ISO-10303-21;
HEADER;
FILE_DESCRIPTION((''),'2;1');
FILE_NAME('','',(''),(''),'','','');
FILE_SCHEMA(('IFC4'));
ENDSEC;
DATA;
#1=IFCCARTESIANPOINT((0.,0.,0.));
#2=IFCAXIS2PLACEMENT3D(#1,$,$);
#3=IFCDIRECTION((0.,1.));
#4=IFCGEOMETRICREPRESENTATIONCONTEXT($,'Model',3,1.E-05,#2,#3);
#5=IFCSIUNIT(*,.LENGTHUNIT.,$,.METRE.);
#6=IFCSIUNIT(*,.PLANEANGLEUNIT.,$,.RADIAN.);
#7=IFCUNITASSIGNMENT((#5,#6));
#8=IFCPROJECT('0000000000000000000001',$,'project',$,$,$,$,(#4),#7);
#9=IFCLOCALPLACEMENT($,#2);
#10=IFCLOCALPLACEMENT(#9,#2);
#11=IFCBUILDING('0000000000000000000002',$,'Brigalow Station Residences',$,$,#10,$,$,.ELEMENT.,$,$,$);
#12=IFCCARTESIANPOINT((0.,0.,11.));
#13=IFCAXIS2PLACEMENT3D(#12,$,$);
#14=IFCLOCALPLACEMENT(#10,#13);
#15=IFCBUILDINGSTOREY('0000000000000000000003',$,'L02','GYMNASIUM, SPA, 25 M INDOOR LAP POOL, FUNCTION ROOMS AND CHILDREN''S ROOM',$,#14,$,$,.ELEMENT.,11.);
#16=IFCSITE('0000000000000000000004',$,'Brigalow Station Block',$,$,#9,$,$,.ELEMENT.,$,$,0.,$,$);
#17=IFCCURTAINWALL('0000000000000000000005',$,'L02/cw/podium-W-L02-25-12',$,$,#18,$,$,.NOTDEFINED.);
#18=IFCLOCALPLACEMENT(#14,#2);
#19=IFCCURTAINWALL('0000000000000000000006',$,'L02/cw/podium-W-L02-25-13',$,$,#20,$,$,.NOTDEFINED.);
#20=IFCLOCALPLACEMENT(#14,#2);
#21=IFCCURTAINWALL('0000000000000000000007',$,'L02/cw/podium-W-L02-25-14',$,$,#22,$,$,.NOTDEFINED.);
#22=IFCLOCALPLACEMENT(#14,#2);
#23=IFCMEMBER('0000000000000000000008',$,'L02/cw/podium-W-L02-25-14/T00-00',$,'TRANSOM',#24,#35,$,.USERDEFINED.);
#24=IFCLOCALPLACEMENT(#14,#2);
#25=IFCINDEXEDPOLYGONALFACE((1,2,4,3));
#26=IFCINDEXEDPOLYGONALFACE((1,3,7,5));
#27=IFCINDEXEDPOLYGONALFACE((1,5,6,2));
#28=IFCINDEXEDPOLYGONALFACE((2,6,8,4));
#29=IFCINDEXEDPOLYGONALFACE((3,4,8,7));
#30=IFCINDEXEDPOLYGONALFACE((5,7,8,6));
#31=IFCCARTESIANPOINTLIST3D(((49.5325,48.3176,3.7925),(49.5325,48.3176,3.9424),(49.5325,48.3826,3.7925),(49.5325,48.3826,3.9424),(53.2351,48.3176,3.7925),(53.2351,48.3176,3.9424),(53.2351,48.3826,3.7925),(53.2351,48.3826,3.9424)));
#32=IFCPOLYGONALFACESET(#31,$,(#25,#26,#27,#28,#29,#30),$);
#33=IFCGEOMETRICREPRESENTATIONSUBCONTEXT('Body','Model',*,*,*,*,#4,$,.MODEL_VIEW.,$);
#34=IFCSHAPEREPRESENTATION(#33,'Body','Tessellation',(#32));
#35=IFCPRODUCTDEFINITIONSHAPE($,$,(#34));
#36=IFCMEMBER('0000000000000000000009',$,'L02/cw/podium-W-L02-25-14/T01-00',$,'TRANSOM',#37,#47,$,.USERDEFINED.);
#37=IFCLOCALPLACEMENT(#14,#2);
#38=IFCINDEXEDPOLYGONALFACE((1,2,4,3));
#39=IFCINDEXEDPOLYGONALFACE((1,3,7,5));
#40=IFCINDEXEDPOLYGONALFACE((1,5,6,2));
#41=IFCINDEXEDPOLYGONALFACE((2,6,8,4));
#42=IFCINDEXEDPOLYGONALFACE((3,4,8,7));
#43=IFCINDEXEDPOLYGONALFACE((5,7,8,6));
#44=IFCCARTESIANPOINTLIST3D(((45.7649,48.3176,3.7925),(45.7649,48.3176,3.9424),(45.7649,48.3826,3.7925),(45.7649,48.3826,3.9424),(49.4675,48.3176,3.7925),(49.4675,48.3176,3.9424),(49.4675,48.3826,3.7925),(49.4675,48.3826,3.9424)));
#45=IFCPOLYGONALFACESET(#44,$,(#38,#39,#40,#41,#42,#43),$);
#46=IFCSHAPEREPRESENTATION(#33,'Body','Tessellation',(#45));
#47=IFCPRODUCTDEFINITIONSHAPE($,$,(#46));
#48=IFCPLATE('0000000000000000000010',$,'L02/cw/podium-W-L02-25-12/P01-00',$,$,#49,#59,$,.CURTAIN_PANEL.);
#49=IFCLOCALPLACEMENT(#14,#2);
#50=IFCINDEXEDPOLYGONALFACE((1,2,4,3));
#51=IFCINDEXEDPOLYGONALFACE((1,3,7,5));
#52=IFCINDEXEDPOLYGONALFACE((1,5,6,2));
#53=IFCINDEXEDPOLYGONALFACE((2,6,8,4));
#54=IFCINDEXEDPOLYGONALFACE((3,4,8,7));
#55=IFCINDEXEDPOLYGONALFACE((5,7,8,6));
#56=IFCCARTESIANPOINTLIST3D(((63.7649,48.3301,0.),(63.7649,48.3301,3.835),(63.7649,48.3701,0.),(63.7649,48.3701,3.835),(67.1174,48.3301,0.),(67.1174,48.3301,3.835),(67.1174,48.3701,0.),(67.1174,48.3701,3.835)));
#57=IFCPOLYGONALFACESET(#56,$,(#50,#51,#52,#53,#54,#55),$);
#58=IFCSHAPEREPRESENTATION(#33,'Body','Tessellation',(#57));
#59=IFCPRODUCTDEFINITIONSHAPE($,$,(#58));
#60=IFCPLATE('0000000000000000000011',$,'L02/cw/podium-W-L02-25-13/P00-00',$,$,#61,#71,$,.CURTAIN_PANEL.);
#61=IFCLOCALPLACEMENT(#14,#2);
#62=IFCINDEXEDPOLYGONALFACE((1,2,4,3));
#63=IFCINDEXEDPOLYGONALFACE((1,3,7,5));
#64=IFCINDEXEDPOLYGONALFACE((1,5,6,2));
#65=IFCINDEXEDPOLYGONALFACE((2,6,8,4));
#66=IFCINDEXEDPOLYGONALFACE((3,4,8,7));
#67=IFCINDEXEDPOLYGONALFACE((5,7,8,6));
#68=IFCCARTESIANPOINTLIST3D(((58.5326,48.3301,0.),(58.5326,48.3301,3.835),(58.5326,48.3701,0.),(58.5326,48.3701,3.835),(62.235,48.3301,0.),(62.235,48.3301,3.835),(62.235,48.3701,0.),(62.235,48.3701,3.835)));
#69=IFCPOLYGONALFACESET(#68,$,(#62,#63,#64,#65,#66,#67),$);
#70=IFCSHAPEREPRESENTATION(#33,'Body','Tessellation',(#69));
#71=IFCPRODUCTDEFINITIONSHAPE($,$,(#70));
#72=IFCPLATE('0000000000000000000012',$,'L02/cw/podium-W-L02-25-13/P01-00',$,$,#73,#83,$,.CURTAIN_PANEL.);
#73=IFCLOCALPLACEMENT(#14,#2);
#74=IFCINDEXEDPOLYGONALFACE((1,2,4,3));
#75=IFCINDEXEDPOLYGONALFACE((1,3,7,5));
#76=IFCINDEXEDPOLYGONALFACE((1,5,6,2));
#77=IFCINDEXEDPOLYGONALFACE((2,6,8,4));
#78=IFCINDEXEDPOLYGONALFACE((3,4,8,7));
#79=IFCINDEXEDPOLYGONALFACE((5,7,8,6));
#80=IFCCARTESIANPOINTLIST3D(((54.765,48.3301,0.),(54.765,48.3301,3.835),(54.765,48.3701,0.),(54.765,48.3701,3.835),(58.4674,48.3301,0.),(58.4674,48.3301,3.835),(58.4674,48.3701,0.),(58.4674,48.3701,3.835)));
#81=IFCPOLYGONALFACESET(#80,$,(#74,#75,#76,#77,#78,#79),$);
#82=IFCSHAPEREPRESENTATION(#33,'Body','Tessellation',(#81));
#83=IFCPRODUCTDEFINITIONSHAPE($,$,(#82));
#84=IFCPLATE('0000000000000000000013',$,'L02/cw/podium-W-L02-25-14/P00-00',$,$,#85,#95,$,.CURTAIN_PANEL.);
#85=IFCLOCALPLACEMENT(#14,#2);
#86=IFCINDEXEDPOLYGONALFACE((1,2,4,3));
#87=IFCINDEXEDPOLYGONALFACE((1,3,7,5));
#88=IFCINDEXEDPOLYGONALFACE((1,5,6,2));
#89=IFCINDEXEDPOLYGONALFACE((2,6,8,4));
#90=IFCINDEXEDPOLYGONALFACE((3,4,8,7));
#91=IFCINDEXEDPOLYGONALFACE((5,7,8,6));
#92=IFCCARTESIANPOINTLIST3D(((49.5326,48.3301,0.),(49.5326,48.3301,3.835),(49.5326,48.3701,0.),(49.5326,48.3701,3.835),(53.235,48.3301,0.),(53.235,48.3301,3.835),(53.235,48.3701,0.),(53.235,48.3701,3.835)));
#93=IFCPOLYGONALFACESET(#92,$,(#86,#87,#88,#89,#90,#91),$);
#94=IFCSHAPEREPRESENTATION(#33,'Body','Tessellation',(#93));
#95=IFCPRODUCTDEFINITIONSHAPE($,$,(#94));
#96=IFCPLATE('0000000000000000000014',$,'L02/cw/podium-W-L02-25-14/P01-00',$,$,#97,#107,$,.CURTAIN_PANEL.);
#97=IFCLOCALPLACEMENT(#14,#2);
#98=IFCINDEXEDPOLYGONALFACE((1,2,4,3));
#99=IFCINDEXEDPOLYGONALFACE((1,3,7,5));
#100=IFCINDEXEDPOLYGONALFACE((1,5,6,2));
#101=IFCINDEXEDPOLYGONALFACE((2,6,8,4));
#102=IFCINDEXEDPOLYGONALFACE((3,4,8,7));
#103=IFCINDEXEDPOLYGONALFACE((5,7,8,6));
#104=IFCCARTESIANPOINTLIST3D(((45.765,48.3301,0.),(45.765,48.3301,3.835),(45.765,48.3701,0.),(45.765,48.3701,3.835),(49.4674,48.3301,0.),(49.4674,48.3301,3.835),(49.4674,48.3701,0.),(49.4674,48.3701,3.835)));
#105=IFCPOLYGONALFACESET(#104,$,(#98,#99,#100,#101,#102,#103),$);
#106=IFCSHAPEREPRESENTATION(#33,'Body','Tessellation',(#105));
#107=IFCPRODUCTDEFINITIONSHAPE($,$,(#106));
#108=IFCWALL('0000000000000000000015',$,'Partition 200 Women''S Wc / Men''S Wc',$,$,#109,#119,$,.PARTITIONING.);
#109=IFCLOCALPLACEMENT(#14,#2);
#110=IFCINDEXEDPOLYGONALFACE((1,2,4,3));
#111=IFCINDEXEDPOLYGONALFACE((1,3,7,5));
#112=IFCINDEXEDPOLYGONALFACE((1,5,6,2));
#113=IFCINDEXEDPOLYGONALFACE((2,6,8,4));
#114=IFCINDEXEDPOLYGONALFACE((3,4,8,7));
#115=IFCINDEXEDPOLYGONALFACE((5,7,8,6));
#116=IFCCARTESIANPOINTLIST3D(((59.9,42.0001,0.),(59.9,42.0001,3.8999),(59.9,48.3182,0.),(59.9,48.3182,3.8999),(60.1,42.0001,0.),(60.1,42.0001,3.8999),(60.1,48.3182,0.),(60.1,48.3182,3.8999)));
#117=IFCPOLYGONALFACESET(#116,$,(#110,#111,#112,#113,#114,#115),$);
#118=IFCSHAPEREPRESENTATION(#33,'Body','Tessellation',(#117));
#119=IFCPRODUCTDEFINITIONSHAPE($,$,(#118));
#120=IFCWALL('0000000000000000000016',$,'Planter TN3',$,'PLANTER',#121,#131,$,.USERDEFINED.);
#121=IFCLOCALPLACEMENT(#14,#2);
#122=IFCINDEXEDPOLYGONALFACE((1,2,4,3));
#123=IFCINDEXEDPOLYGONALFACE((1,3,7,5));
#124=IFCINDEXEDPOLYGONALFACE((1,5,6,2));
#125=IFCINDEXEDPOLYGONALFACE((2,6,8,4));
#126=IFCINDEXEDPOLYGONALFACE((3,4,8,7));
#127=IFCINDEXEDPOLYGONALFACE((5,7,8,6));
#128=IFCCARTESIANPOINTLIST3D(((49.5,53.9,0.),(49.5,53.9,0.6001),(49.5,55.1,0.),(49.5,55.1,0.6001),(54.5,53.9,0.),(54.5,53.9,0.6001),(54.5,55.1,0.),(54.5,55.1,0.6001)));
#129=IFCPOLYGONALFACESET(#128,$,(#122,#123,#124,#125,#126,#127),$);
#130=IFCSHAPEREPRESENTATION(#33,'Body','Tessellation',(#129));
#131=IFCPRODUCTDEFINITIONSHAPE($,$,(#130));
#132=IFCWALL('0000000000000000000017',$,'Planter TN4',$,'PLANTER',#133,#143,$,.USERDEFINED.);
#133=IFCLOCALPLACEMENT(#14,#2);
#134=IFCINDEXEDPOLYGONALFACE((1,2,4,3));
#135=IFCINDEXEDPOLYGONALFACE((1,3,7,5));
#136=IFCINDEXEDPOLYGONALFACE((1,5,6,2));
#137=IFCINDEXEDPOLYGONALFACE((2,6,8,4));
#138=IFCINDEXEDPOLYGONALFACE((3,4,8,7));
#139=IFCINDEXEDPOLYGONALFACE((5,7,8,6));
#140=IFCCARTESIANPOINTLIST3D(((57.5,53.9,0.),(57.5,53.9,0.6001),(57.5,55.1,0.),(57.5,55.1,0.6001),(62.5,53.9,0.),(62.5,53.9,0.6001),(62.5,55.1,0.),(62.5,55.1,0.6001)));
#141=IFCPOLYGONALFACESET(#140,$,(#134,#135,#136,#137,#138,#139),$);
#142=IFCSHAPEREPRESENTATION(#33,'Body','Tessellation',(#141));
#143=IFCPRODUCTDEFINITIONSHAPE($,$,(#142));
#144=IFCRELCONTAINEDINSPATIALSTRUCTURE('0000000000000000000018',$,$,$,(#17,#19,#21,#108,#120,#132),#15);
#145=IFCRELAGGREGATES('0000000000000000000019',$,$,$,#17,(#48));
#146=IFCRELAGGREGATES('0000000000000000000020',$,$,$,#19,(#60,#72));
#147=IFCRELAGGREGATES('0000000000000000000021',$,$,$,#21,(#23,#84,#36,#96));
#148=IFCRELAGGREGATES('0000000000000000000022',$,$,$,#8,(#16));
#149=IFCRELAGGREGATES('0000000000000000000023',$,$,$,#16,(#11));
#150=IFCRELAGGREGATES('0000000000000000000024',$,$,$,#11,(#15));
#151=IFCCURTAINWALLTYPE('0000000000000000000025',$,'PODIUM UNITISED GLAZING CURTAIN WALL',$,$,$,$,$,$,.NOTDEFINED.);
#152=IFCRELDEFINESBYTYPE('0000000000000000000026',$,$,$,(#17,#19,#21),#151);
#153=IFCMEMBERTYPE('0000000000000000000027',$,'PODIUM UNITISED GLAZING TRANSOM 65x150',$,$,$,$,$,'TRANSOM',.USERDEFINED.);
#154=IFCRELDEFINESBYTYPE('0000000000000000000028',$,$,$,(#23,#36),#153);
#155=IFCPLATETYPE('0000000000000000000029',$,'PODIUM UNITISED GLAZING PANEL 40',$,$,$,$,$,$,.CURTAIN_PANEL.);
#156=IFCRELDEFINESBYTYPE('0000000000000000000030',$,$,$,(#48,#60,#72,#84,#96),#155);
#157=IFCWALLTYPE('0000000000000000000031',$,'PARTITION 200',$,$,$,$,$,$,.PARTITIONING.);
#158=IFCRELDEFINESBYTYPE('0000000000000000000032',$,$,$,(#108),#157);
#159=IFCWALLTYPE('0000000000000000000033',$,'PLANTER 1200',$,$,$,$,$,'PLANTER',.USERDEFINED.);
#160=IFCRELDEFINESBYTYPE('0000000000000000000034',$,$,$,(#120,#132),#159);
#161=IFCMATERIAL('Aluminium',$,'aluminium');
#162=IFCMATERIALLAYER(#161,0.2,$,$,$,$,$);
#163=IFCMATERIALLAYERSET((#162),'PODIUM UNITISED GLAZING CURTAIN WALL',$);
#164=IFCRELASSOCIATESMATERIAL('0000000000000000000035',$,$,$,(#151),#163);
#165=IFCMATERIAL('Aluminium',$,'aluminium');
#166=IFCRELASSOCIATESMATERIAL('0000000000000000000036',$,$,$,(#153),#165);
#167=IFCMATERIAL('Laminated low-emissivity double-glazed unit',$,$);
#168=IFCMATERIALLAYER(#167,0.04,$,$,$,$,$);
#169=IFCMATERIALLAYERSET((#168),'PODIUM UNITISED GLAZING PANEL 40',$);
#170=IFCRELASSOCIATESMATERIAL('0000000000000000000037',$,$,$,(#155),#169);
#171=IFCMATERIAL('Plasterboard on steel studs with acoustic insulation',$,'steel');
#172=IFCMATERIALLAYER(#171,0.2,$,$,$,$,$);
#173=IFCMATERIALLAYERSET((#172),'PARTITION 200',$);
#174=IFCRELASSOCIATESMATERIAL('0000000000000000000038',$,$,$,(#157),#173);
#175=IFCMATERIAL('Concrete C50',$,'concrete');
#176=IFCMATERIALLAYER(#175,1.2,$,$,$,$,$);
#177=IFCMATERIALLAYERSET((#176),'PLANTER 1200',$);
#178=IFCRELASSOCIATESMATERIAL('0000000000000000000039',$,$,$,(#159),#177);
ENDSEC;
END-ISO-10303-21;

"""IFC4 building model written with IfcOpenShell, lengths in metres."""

from ifc_helpers import new_model, si_unit, direction, frame, frame_2d, origin, origin_2d, place, context, subcontext, project, spatial, rectangle, extrude, material, layer, layer_set, material_profile, profile_set, type_object, element, aggregate, save


model = new_model("IFC4")

# Units and contexts
model_context = context("Model", 3, precision=1e-05, world=origin(), true_north=direction((0.0, 1.0)))
body_context = subcontext(model_context, "Body", "Model", "MODEL_VIEW")
ifc_project = project(units=[si_unit("LENGTHUNIT", "METRE"), si_unit("PLANEANGLEUNIT", "RADIAN")], contexts=[model_context])

# Site, building, storey
site_placement = place(None, origin())
site = spatial("IfcSite", under=ifc_project, at=site_placement, Name="Brigalow Station Block", CompositionType="ELEMENT", RefElevation=0.0)
building_placement = place(site_placement, origin())
building = spatial("IfcBuilding", under=site, at=building_placement, Name="Brigalow Station Residences", CompositionType="ELEMENT")
storey_placement = place(building_placement, frame((0.0, 0.0, 11.0)))
storey = spatial("IfcBuildingStorey", under=building, at=storey_placement, Name="L02", Description="GYMNASIUM, SPA, 25 M INDOOR LAP POOL, FUNCTION ROOMS AND CHILDREN'S ROOM", CompositionType="ELEMENT", Elevation=11.0)

# Curtain wall
ifc_material_1 = material(Name="Aluminium", Category="aluminium")
ifc_layer_1 = layer(ifc_material_1, 0.2)
ifc_layer_set_1 = layer_set([ifc_layer_1], Name="PODIUM UNITISED GLAZING CURTAIN WALL")
curtain_wall_type = type_object("IfcCurtainWallType", Name="PODIUM UNITISED GLAZING CURTAIN WALL", PredefinedType="NOTDEFINED", material=ifc_layer_set_1)
curtain_wall_1_placement = place(storey_placement, origin())
curtain_wall_1 = element("IfcCurtainWall", 1, at=curtain_wall_1_placement, inside=storey, type_object=curtain_wall_type, Name="L02/cw/podium-W-L02-25-12", PredefinedType="NOTDEFINED")

# Curtain walls
curtain_wall_2_placement = place(storey_placement, origin())
curtain_wall_2 = element("IfcCurtainWall", 2, at=curtain_wall_2_placement, inside=storey, type_object=curtain_wall_type, Name="L02/cw/podium-W-L02-25-13", PredefinedType="NOTDEFINED")
curtain_wall_3_placement = place(storey_placement, origin())
curtain_wall_3 = element("IfcCurtainWall", 3, at=curtain_wall_3_placement, inside=storey, type_object=curtain_wall_type, Name="L02/cw/podium-W-L02-25-14", PredefinedType="NOTDEFINED")

# Members
ifc_material_2 = material(Name="Aluminium", Category="aluminium")
ifc_material_profile_1 = material_profile(ifc_material_2, rectangle(XDim=0.0649, YDim=0.1499, at=origin_2d()), Name="PODIUM UNITISED GLAZING TRANSOM 65x150")
ifc_profile_set_1 = profile_set([ifc_material_profile_1], Name="Aluminium")
member_type_1 = type_object("IfcMemberType", Name="PODIUM UNITISED GLAZING TRANSOM 65x150", ElementType="TRANSOM", PredefinedType="USERDEFINED", material=ifc_profile_set_1)
member_1_placement = place(storey_placement, frame((53.2351, 48.3501, 3.8674), z_axis=(-1.0, 0.0, 0.0), x_axis=(0.0, -1.0, 0.0)))
member_1 = element("IfcMember", 4, at=member_1_placement, type_object=member_type_1, Name="L02/cw/podium-W-L02-25-14/T00-00", ObjectType="TRANSOM", PredefinedType="USERDEFINED", context=body_context, shape_type="SweptSolid", body=[
    extrude(rectangle(XDim=0.0649, YDim=0.1499, at=origin_2d()), origin(), (0.0, 0.0, 1.0), 3.7026),
])
member_2_placement = place(storey_placement, frame((49.4675, 48.3501, 3.8674), z_axis=(-1.0, 0.0, 0.0), x_axis=(0.0, -1.0, 0.0)))
member_2 = element("IfcMember", 5, at=member_2_placement, type_object=member_type_1, Name="L02/cw/podium-W-L02-25-14/T01-00", ObjectType="TRANSOM", PredefinedType="USERDEFINED", context=body_context, shape_type="SweptSolid", body=[
    extrude(rectangle(XDim=0.0649, YDim=0.1499, at=origin_2d()), origin(), (0.0, 0.0, 1.0), 3.7026),
])

# Plates
ifc_material_3 = material(Name="Laminated low-emissivity double-glazed unit")
ifc_layer_2 = layer(ifc_material_3, 0.04)
ifc_layer_set_2 = layer_set([ifc_layer_2], Name="PODIUM UNITISED GLAZING PANEL 40")
plate_type = type_object("IfcPlateType", Name="PODIUM UNITISED GLAZING PANEL 40", PredefinedType="CURTAIN_PANEL", material=ifc_layer_set_2)
plate_1_placement = place(storey_placement, frame((65.4412, 48.3501, 0.0), z_axis=(0.0, 0.0, 1.0), x_axis=(-1.0, 0.0, 0.0)))
plate_1 = element("IfcPlate", 6, at=plate_1_placement, type_object=plate_type, Name="L02/cw/podium-W-L02-25-12/P01-00", PredefinedType="CURTAIN_PANEL", context=body_context, shape_type="SweptSolid", body=[
    extrude(rectangle(XDim=3.3525, YDim=0.04, at=origin_2d()), origin(), (0.0, 0.0, 1.0), 3.835),
])
aggregate(curtain_wall_1, [plate_1])
plate_2_placement = place(storey_placement, frame((60.3838, 48.3501, 0.0), z_axis=(0.0, 0.0, 1.0), x_axis=(-1.0, 0.0, 0.0)))
plate_2 = element("IfcPlate", 7, at=plate_2_placement, type_object=plate_type, Name="L02/cw/podium-W-L02-25-13/P00-00", PredefinedType="CURTAIN_PANEL", context=body_context, shape_type="SweptSolid", body=[
    extrude(rectangle(XDim=3.7024, YDim=0.04, at=origin_2d()), origin(), (0.0, 0.0, 1.0), 3.835),
])
plate_3_placement = place(storey_placement, frame((56.6162, 48.3501, 0.0), z_axis=(0.0, 0.0, 1.0), x_axis=(-1.0, 0.0, 0.0)))
plate_3 = element("IfcPlate", 8, at=plate_3_placement, type_object=plate_type, Name="L02/cw/podium-W-L02-25-13/P01-00", PredefinedType="CURTAIN_PANEL", context=body_context, shape_type="SweptSolid", body=[
    extrude(rectangle(XDim=3.7024, YDim=0.04, at=origin_2d()), origin(), (0.0, 0.0, 1.0), 3.835),
])
aggregate(curtain_wall_2, [plate_2, plate_3])
plate_4_placement = place(storey_placement, frame((51.3838, 48.3501, 0.0), z_axis=(0.0, 0.0, 1.0), x_axis=(-1.0, 0.0, 0.0)))
plate_4 = element("IfcPlate", 9, at=plate_4_placement, type_object=plate_type, Name="L02/cw/podium-W-L02-25-14/P00-00", PredefinedType="CURTAIN_PANEL", context=body_context, shape_type="SweptSolid", body=[
    extrude(rectangle(XDim=3.7024, YDim=0.04, at=origin_2d()), origin(), (0.0, 0.0, 1.0), 3.835),
])
plate_5_placement = place(storey_placement, frame((47.6162, 48.3501, 0.0), z_axis=(0.0, 0.0, 1.0), x_axis=(-1.0, 0.0, 0.0)))
plate_5 = element("IfcPlate", 10, at=plate_5_placement, type_object=plate_type, Name="L02/cw/podium-W-L02-25-14/P01-00", PredefinedType="CURTAIN_PANEL", context=body_context, shape_type="SweptSolid", body=[
    extrude(rectangle(XDim=3.7024, YDim=0.04, at=origin_2d()), origin(), (0.0, 0.0, 1.0), 3.835),
])
aggregate(curtain_wall_3, [member_1, plate_4, member_2, plate_5])

# Walls
ifc_material_4 = material(Name="Plasterboard on steel studs with acoustic insulation", Category="steel")
ifc_layer_3 = layer(ifc_material_4, 0.2)
ifc_layer_set_3 = layer_set([ifc_layer_3], Name="PARTITION 200")
wall_type_1 = type_object("IfcWallType", Name="PARTITION 200", PredefinedType="PARTITIONING", material=ifc_layer_set_3)
wall_placement = place(storey_placement, frame((60.0, 42.0, 0.0), z_axis=(0.0, 0.0, 1.0), x_axis=(0.0, 1.0, 0.0)))
element("IfcWall", 11, at=wall_placement, inside=storey, type_object=wall_type_1, Name="Partition 200 Women'S Wc / Men'S Wc", PredefinedType="PARTITIONING", context=body_context, shape_type="SweptSolid", body=[
    extrude(rectangle(XDim=6.3181, YDim=0.2, at=frame_2d((3.1592, 0.0))), origin(), (0.0, 0.0, 1.0), 3.8999),
])
ifc_material_5 = material(Name="Concrete C50", Category="concrete")
ifc_layer_4 = layer(ifc_material_5, 1.2)
ifc_layer_set_4 = layer_set([ifc_layer_4], Name="PLANTER 1200")
wall_type_2 = type_object("IfcWallType", Name="PLANTER 1200", ElementType="PLANTER", PredefinedType="USERDEFINED", material=ifc_layer_set_4)
for number, where, z_axis, x_axis, name in (
    (12, (49.5, 54.5, 0.0), (0.0, 0.0, 1.0), (1.0, 0.0, 0.0), "Planter TN3"),
    (13, (57.5, 54.5, 0.0), (0.0, 0.0, 1.0), (1.0, 0.0, 0.0), "Planter TN4"),
):
    element("IfcWall", number, at=place(storey_placement, frame(where, z_axis=z_axis, x_axis=x_axis)), inside=storey, type_object=wall_type_2, Name=name, ObjectType="PLANTER", PredefinedType="USERDEFINED", context=body_context, shape_type="SweptSolid", body=[
        extrude(rectangle(XDim=5.0, YDim=1.2, at=frame_2d((2.5, 0.0))), origin(), (0.0, 0.0, 1.0), 0.6001),
    ])

save(model, "model.ifc")
